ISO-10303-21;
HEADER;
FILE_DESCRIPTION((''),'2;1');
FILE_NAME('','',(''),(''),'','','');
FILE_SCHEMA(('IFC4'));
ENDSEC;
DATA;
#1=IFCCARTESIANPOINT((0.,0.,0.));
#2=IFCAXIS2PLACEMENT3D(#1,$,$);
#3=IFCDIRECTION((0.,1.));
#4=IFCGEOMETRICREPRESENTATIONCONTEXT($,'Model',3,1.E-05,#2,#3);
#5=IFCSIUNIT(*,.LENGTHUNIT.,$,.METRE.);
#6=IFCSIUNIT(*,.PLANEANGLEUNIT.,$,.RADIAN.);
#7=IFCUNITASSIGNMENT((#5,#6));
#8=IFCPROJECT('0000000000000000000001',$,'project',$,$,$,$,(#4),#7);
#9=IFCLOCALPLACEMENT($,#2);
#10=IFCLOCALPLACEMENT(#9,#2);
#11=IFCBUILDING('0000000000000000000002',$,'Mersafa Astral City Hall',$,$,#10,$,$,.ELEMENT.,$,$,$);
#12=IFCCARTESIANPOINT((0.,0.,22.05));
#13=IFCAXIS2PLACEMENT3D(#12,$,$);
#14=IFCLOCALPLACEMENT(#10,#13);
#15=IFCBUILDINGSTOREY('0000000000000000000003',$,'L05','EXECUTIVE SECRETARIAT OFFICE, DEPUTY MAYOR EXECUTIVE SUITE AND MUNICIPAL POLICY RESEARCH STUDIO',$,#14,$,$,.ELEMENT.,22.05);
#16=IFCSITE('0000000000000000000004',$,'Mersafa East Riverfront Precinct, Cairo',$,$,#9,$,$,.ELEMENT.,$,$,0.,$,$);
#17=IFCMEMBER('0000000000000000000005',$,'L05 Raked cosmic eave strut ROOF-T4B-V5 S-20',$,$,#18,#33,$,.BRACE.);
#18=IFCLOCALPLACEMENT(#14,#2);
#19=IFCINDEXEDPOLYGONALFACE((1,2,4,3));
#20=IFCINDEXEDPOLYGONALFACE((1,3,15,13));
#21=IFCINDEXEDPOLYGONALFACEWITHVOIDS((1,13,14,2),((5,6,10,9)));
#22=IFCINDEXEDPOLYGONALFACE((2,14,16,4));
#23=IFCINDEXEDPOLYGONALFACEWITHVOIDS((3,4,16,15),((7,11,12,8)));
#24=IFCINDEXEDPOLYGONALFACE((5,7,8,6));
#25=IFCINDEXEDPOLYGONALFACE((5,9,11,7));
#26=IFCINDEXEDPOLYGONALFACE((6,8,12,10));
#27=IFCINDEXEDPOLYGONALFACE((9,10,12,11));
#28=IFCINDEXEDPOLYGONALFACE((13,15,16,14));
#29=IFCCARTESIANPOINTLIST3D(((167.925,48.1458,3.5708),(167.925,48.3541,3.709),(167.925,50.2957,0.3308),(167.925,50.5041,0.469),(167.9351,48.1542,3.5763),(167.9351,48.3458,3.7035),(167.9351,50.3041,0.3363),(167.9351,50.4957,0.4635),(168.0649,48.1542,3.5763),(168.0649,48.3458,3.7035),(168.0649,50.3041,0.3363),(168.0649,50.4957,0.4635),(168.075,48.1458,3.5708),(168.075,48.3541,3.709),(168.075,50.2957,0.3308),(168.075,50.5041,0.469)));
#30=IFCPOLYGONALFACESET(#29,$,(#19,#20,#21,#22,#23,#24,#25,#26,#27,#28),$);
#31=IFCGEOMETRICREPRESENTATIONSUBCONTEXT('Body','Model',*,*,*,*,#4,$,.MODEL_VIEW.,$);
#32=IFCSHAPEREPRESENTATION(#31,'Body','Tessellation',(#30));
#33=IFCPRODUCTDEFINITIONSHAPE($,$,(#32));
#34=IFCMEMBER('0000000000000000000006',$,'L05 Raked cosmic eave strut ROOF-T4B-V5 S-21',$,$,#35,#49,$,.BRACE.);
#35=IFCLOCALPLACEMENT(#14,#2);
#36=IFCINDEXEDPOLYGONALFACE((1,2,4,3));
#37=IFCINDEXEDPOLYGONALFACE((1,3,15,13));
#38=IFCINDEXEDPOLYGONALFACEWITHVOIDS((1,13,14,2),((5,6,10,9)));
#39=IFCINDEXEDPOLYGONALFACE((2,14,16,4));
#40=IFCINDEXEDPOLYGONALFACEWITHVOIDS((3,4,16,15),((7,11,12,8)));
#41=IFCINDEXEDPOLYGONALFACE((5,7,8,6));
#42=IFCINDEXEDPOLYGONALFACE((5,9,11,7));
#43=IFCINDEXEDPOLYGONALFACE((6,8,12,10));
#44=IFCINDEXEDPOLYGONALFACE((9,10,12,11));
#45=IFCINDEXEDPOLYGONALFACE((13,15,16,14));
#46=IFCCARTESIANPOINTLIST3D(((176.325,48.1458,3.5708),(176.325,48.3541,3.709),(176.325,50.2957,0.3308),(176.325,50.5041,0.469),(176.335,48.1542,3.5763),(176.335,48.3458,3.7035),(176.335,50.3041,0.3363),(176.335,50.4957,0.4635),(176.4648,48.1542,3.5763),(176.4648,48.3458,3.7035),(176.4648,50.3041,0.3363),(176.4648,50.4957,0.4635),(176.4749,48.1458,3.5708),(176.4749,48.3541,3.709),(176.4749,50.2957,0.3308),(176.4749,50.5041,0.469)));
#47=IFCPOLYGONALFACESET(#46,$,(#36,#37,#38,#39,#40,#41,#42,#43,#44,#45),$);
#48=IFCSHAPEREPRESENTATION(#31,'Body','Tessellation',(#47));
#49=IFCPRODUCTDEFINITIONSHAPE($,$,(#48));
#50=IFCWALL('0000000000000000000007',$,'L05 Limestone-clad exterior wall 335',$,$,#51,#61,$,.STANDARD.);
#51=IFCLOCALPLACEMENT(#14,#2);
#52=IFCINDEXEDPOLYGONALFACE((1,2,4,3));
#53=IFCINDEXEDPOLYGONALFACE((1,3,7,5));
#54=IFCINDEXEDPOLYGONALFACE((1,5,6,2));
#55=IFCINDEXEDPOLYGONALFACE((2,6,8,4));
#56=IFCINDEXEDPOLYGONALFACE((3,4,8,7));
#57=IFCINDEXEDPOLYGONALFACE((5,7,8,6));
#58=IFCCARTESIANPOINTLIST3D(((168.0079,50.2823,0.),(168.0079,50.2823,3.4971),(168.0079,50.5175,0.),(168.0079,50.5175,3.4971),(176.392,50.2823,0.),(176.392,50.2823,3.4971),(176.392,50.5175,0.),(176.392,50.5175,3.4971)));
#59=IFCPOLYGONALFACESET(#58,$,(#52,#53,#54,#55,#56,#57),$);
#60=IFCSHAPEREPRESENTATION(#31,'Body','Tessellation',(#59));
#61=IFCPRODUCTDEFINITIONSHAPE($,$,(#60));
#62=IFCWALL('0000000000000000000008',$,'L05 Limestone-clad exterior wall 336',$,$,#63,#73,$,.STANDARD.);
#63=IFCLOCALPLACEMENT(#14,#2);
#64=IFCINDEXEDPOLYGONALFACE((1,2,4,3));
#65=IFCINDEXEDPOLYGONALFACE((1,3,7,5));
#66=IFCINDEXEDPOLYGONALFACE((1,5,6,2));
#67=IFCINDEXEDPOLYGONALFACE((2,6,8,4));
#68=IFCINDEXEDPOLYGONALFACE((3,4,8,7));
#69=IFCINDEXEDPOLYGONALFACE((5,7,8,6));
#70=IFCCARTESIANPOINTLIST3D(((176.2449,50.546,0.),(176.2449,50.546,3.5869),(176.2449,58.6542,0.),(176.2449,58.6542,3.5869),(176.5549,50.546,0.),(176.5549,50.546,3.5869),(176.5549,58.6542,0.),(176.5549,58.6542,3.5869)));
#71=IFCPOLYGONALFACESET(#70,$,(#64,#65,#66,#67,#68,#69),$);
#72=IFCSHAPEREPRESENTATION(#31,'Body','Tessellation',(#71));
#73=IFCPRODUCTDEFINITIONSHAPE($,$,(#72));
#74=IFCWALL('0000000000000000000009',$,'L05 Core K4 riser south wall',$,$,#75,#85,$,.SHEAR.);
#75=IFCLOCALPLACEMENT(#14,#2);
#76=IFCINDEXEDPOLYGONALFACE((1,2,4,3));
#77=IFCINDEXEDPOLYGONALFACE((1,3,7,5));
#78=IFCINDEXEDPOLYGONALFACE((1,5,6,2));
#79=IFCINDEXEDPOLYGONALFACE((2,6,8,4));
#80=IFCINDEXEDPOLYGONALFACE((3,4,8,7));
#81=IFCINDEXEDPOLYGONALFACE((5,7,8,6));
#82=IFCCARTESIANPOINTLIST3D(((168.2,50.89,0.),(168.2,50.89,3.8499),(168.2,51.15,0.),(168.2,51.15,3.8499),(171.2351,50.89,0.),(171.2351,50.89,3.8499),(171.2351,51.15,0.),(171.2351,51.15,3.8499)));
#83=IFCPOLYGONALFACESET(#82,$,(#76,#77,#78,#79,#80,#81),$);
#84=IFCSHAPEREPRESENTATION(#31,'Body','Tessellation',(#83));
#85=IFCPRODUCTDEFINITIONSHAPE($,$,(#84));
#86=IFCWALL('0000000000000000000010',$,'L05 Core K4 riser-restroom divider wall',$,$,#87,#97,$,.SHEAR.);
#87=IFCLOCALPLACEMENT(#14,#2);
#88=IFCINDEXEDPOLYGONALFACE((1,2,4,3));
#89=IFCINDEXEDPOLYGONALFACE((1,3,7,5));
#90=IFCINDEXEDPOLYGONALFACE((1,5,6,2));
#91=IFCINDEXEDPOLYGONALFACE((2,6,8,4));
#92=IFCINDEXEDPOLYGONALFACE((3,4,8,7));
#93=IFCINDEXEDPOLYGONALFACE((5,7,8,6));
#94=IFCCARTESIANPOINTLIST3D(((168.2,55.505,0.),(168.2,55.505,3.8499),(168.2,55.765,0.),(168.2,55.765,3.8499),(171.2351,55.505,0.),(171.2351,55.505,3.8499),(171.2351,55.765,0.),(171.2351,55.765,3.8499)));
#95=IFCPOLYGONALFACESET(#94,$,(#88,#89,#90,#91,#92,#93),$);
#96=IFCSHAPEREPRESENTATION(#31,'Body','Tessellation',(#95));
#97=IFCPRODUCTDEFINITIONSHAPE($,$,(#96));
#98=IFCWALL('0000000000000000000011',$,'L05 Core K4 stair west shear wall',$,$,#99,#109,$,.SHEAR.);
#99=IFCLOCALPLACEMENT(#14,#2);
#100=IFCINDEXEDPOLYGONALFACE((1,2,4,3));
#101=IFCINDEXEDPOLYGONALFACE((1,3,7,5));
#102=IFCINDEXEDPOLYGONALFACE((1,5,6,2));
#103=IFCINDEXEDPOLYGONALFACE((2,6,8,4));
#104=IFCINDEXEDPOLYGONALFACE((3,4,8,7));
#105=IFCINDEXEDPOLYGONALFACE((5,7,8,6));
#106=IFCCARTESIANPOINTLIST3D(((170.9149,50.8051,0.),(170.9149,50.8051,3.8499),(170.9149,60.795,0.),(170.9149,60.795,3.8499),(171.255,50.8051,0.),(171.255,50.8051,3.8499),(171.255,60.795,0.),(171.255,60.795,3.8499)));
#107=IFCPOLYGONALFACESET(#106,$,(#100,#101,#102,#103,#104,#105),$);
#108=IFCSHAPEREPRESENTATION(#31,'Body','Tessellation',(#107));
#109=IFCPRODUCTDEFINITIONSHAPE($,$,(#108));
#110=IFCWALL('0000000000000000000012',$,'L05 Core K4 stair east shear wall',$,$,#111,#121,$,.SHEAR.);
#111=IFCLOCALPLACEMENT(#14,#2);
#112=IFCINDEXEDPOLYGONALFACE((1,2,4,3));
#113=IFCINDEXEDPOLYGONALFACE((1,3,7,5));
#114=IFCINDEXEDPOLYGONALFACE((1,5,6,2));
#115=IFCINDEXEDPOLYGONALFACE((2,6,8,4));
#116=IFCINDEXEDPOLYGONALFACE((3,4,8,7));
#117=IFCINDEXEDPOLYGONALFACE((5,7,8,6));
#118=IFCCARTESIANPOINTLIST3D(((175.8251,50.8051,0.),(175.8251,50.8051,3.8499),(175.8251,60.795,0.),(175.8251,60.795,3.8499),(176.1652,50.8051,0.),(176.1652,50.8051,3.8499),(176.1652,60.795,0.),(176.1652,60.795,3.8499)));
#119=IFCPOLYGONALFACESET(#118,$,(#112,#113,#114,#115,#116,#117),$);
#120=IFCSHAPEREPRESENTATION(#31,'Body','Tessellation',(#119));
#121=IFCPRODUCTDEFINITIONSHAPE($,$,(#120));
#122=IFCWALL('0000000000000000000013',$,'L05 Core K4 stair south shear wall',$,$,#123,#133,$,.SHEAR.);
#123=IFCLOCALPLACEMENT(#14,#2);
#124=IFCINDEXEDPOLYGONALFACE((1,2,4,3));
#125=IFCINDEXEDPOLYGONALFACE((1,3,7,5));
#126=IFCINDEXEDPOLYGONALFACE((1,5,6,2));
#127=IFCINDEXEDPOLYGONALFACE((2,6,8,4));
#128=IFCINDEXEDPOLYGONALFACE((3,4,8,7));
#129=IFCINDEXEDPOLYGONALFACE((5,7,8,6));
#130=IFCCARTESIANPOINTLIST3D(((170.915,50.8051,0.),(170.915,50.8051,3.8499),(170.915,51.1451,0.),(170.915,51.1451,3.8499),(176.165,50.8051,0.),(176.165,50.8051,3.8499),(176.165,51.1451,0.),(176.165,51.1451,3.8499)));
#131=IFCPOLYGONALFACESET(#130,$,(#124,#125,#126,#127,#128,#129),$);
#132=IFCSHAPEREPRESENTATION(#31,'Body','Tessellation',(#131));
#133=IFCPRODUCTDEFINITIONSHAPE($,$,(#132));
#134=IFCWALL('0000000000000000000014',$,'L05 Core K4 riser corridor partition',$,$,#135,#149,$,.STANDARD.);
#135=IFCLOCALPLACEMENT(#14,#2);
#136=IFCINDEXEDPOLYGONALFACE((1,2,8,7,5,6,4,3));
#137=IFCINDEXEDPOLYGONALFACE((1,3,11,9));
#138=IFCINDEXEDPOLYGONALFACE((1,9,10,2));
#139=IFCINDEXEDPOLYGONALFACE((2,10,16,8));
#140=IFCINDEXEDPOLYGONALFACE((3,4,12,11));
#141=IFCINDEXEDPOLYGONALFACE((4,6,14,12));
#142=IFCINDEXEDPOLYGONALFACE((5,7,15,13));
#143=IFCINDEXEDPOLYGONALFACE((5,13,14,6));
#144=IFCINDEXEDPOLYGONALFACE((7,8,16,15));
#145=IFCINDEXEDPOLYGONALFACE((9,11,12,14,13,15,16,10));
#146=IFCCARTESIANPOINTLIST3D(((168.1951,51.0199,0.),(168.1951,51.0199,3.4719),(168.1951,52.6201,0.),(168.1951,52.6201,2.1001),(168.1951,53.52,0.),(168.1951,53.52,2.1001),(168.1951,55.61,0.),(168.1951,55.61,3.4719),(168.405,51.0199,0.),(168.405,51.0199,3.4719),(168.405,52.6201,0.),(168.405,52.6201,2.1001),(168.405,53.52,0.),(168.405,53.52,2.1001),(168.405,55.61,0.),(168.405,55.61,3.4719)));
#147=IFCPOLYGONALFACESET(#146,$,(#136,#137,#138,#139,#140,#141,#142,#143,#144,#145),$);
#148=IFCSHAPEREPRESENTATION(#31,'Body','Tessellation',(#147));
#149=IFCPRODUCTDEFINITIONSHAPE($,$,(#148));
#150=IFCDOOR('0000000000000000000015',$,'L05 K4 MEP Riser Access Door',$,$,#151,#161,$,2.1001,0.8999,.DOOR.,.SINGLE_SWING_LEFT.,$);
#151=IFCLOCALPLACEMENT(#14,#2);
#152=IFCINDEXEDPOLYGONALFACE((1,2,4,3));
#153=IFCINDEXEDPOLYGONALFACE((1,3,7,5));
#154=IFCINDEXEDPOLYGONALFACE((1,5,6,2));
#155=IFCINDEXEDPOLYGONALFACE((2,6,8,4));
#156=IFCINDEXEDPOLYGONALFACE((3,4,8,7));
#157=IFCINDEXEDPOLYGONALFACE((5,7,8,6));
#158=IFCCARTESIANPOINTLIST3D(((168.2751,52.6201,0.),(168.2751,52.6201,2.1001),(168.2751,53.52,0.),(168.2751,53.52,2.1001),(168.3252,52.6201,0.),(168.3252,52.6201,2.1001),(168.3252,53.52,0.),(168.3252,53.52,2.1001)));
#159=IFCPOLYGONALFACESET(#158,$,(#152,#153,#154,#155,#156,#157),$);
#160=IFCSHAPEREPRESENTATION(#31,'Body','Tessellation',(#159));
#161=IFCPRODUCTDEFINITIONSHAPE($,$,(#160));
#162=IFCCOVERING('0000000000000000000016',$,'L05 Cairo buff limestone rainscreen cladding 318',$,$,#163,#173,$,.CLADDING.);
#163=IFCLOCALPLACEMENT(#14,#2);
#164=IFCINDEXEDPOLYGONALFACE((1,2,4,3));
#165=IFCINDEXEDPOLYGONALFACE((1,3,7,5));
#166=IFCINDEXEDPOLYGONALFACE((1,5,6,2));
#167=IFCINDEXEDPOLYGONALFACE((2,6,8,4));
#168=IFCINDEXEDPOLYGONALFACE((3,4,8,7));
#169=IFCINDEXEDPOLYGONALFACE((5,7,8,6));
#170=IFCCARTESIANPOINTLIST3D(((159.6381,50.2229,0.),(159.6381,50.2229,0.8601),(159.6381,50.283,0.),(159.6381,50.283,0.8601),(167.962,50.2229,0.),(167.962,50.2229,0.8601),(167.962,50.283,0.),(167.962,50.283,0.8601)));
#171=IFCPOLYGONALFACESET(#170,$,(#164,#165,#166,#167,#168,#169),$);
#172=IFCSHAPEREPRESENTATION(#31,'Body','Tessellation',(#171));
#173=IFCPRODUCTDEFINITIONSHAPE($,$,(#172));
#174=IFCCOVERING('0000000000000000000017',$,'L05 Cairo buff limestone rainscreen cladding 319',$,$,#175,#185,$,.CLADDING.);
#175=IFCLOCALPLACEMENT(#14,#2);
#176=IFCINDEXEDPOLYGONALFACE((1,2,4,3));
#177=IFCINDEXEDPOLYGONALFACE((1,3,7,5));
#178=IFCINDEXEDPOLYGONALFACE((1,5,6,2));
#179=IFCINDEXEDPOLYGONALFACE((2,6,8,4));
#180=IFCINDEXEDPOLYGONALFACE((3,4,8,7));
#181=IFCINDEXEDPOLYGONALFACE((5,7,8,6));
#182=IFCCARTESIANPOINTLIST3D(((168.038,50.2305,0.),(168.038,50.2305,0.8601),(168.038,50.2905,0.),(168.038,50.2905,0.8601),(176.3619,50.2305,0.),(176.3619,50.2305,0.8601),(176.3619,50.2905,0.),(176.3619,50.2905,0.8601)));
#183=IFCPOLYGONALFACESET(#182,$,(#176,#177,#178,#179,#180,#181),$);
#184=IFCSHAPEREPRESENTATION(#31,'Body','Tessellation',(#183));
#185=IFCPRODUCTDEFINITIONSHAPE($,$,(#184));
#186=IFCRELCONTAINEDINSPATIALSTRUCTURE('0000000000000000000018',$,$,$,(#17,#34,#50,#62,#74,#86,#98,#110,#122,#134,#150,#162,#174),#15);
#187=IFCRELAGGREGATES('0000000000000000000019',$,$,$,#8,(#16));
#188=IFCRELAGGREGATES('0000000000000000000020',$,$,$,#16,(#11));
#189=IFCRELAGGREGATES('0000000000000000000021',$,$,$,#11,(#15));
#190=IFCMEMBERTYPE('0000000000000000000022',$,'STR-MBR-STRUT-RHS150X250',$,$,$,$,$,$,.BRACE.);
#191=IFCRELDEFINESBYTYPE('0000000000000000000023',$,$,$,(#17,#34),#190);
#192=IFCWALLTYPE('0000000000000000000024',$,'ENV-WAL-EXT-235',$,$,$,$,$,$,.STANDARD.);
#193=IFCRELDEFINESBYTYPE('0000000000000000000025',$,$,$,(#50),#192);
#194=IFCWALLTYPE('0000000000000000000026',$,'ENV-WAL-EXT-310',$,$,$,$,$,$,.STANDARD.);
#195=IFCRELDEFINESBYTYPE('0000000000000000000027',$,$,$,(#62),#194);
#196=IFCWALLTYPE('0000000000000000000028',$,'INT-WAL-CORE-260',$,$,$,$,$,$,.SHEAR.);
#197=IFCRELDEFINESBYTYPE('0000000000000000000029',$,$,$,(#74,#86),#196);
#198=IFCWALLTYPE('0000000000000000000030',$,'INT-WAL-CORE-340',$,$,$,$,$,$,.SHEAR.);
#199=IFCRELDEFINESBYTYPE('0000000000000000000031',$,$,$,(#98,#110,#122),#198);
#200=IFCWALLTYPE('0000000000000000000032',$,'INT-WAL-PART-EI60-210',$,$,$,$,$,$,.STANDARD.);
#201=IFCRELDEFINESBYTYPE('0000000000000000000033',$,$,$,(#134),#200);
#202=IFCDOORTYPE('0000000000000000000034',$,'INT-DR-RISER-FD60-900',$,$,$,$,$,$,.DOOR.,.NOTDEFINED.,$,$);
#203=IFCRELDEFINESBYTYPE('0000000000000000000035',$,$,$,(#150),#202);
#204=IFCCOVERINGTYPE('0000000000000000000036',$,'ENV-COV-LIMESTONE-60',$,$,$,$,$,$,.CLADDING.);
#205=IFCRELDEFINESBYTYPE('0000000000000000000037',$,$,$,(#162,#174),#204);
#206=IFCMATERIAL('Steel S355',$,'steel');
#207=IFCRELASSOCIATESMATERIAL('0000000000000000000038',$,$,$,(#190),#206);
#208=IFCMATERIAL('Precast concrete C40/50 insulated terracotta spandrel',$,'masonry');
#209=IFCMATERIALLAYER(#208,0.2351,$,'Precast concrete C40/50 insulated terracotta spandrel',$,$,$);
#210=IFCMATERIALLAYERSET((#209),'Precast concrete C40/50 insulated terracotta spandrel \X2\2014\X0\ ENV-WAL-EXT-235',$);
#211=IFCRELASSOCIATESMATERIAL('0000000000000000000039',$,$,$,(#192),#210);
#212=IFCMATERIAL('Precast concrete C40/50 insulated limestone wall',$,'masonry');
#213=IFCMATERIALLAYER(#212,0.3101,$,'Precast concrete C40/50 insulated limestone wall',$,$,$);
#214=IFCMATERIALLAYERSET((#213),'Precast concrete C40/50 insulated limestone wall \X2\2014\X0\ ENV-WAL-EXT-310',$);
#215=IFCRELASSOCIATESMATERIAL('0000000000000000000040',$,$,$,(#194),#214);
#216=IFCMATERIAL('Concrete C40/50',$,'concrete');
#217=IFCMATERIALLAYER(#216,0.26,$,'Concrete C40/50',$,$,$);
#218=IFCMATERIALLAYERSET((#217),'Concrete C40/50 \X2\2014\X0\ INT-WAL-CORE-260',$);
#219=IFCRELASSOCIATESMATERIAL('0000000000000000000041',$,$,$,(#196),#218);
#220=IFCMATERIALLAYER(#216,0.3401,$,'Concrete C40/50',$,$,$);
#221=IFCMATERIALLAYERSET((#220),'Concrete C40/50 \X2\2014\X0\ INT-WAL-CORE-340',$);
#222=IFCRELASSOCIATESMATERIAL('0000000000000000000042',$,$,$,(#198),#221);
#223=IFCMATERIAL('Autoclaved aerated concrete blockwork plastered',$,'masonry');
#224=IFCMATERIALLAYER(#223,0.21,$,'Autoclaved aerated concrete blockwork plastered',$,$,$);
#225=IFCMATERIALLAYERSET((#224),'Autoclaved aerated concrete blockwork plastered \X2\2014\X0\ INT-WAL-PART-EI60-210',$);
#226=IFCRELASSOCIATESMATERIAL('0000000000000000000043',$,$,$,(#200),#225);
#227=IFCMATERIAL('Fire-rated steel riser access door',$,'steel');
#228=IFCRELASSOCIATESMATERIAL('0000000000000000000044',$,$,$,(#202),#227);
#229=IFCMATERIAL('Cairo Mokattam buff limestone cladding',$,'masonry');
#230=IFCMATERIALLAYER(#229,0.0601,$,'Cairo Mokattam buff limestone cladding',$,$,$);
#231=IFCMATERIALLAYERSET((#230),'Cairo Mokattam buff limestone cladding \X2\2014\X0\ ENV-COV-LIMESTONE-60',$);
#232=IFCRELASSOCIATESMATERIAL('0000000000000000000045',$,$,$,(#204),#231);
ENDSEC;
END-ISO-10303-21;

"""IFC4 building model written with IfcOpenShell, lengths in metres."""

from ifc_helpers import new_model, si_unit, direction, frame, frame_2d, origin, origin_2d, place, context, subcontext, project, spatial, rectangle, hollow_rectangle, extrude, material, layer, layer_set, material_profile, profile_set, type_object, element, fill, save


model = new_model("IFC4")

# Units and contexts
model_context = context("Model", 3, precision=1e-05, world=origin(), true_north=direction((0.0, 1.0)))
body_context = subcontext(model_context, "Body", "Model", "MODEL_VIEW")
ifc_project = project(units=[si_unit("LENGTHUNIT", "METRE"), si_unit("PLANEANGLEUNIT", "RADIAN")], contexts=[model_context])

# Site, building, storey
site_placement = place(None, origin())
site = spatial("IfcSite", under=ifc_project, at=site_placement, Name="Mersafa East Riverfront Precinct, Cairo", CompositionType="ELEMENT", RefElevation=0.0)
building_placement = place(site_placement, origin())
building = spatial("IfcBuilding", under=site, at=building_placement, Name="Mersafa Astral City Hall", CompositionType="ELEMENT")
storey_placement = place(building_placement, frame((0.0, 0.0, 22.05)))
storey = spatial("IfcBuildingStorey", under=building, at=storey_placement, Name="L05", Description="EXECUTIVE SECRETARIAT OFFICE, DEPUTY MAYOR EXECUTIVE SUITE AND MUNICIPAL POLICY RESEARCH STUDIO", CompositionType="ELEMENT", Elevation=22.05)

# Shared definitions
ifc_material_1 = material(Name="Steel S355", Category="steel")

# Members
ifc_material_profile_1 = material_profile(ifc_material_1, hollow_rectangle(XDim=0.1499, YDim=0.25, WallThickness=0.01, at=origin_2d()), Name="RHS 150x250x10")
ifc_profile_set_1 = profile_set([ifc_material_profile_1], Name="Steel S355")
member_type_1 = type_object("IfcMemberType", Name="STR-MBR-STRUT-RHS150X250", PredefinedType="BRACE", material=ifc_profile_set_1)
for number, where, z_axis, x_axis, name in (
    (1, (168.0, 50.3999, 0.3999), (0.0, -0.552902, 0.833246), (1.0, 0.0, 0.0), "L05 Raked cosmic eave strut ROOF-T4B-V5 S-20"),
    (2, (176.3999, 50.3999, 0.3999), (0.0, -0.552902, 0.833246), (1.0, 0.0, 0.0), "L05 Raked cosmic eave strut ROOF-T4B-V5 S-21"),
):
    element("IfcMember", number, at=place(storey_placement, frame(where, z_axis=z_axis, x_axis=x_axis)), inside=storey, type_object=member_type_1, Name=name, PredefinedType="BRACE", context=body_context, shape_type="SweptSolid", body=[
        extrude(hollow_rectangle(XDim=0.1499, YDim=0.25, WallThickness=0.01, at=origin_2d()), origin(), (0.0, 0.0, 1.0), 3.8884),
    ])

# Walls
ifc_material_2 = material(Name="Precast concrete C40/50 insulated terracotta spandrel", Category="masonry")
ifc_layer_1 = layer(ifc_material_2, 0.2351, Name="Precast concrete C40/50 insulated terracotta spandrel")
ifc_layer_set_1 = layer_set([ifc_layer_1], Name="Precast concrete C40/50 insulated terracotta spandrel — ENV-WAL-EXT-235")
wall_type_1 = type_object("IfcWallType", Name="ENV-WAL-EXT-235", PredefinedType="STANDARD", material=ifc_layer_set_1)
wall_1_placement = place(storey_placement, frame((168.0081, 50.3999, 0.0), z_axis=(0.0, 0.0, 1.0), x_axis=(1.0, 0.0, 0.0)))
element("IfcWall", 3, at=wall_1_placement, inside=storey, type_object=wall_type_1, Name="L05 Limestone-clad exterior wall 335", PredefinedType="STANDARD", context=body_context, shape_type="SweptSolid", body=[
    extrude(rectangle(XDim=8.384, YDim=0.2351, at=frame_2d((4.1919, 0.0))), origin(), (0.0, 0.0, 1.0), 3.4971),
])
ifc_material_3 = material(Name="Precast concrete C40/50 insulated limestone wall", Category="masonry")
ifc_layer_2 = layer(ifc_material_3, 0.3101, Name="Precast concrete C40/50 insulated limestone wall")
ifc_layer_set_2 = layer_set([ifc_layer_2], Name="Precast concrete C40/50 insulated limestone wall — ENV-WAL-EXT-310")
wall_type_2 = type_object("IfcWallType", Name="ENV-WAL-EXT-310", PredefinedType="STANDARD", material=ifc_layer_set_2)
wall_2_placement = place(storey_placement, frame((176.3999, 50.5459, 0.0), z_axis=(0.0, 0.0, 1.0), x_axis=(0.0, 1.0, 0.0)))
element("IfcWall", 4, at=wall_2_placement, inside=storey, type_object=wall_type_2, Name="L05 Limestone-clad exterior wall 336", PredefinedType="STANDARD", context=body_context, shape_type="SweptSolid", body=[
    extrude(rectangle(XDim=8.1082, YDim=0.3101, at=frame_2d((4.0542, 0.0))), origin(), (0.0, 0.0, 1.0), 3.5869),
])
ifc_material_4 = material(Name="Concrete C40/50", Category="concrete")
ifc_layer_3 = layer(ifc_material_4, 0.26, Name="Concrete C40/50")
ifc_layer_set_3 = layer_set([ifc_layer_3], Name="Concrete C40/50 — INT-WAL-CORE-260")
wall_type_3 = type_object("IfcWallType", Name="INT-WAL-CORE-260", PredefinedType="SHEAR", material=ifc_layer_set_3)
for number, where, z_axis, x_axis, name in (
    (5, (168.2, 51.02, 0.0), (0.0, 0.0, 1.0), (1.0, 0.0, 0.0), "L05 Core K4 riser south wall"),
    (6, (168.2, 55.635, 0.0), (0.0, 0.0, 1.0), (1.0, 0.0, 0.0), "L05 Core K4 riser-restroom divider wall"),
):
    element("IfcWall", number, at=place(storey_placement, frame(where, z_axis=z_axis, x_axis=x_axis)), inside=storey, type_object=wall_type_3, Name=name, PredefinedType="SHEAR", context=body_context, shape_type="SweptSolid", body=[
        extrude(rectangle(XDim=3.0352, YDim=0.26, at=frame_2d((1.5176, 0.0))), origin(), (0.0, 0.0, 1.0), 3.8499),
    ])
ifc_layer_4 = layer(ifc_material_4, 0.3401, Name="Concrete C40/50")
ifc_layer_set_4 = layer_set([ifc_layer_4], Name="Concrete C40/50 — INT-WAL-CORE-340")
wall_type_4 = type_object("IfcWallType", Name="INT-WAL-CORE-340", PredefinedType="SHEAR", material=ifc_layer_set_4)
for number, where, z_axis, x_axis, name in (
    (7, (171.085, 50.8049, 0.0), (0.0, 0.0, 1.0), (0.0, 1.0, 0.0), "L05 Core K4 stair west shear wall"),
    (8, (175.9951, 50.8049, 0.0), (0.0, 0.0, 1.0), (0.0, 1.0, 0.0), "L05 Core K4 stair east shear wall"),
):
    element("IfcWall", number, at=place(storey_placement, frame(where, z_axis=z_axis, x_axis=x_axis)), inside=storey, type_object=wall_type_4, Name=name, PredefinedType="SHEAR", context=body_context, shape_type="SweptSolid", body=[
        extrude(rectangle(XDim=9.99, YDim=0.3401, at=frame_2d((4.9951, 0.0))), origin(), (0.0, 0.0, 1.0), 3.8499),
    ])
wall_3_placement = place(storey_placement, frame((170.915, 50.9751, 0.0), z_axis=(0.0, 0.0, 1.0), x_axis=(1.0, 0.0, 0.0)))
element("IfcWall", 9, at=wall_3_placement, inside=storey, type_object=wall_type_4, Name="L05 Core K4 stair south shear wall", PredefinedType="SHEAR", context=body_context, shape_type="SweptSolid", body=[
    extrude(rectangle(XDim=5.25, YDim=0.3401, at=frame_2d((2.625, 0.0))), origin(), (0.0, 0.0, 1.0), 3.8499),
])

# Wall, opening, door
ifc_material_5 = material(Name="Autoclaved aerated concrete blockwork plastered", Category="masonry")
ifc_layer_5 = layer(ifc_material_5, 0.21, Name="Autoclaved aerated concrete blockwork plastered")
ifc_layer_set_5 = layer_set([ifc_layer_5], Name="Autoclaved aerated concrete blockwork plastered — INT-WAL-PART-EI60-210")
wall_type_5 = type_object("IfcWallType", Name="INT-WAL-PART-EI60-210", PredefinedType="STANDARD", material=ifc_layer_set_5)
wall_4_placement = place(storey_placement, frame((168.3, 51.02, 0.0), z_axis=(0.0, 0.0, 1.0), x_axis=(0.0, 1.0, 0.0)))
wall_4 = element("IfcWall", 10, at=wall_4_placement, inside=storey, type_object=wall_type_5, Name="L05 Core K4 riser corridor partition", PredefinedType="STANDARD", context=body_context, shape_type="SweptSolid", body=[
    extrude(rectangle(XDim=4.5901, YDim=0.21, at=frame_2d((2.2949, 0.0))), origin(), (0.0, 0.0, 1.0), 3.4719),
])
opening_1_placement = place(wall_4_placement, frame((1.6001, 0.0, 0.0)))
opening_1 = element("IfcOpeningElement", 11, at=opening_1_placement, cuts=wall_4, PredefinedType="OPENING", context=body_context, shape_type="SweptSolid", body=[
    extrude(rectangle(XDim=0.8999, YDim=2.1001, at=frame_2d((0.45, 1.05))), frame((0.0, 0.115, 0.0), z_axis=(0.0, -1.0, 0.0), x_axis=(1.0, 0.0, 0.0)), (0.0, 0.0, 1.0), 0.23),
])
ifc_material_6 = material(Name="Fire-rated steel riser access door", Category="steel")
door_type_1 = type_object("IfcDoorType", Name="INT-DR-RISER-FD60-900", OperationType="NOTDEFINED", PredefinedType="DOOR", material=ifc_material_6)
door_1_placement = place(opening_1_placement, origin())
door_1 = element("IfcDoor", 12, at=door_1_placement, inside=storey, type_object=door_type_1, Name="L05 K4 MEP Riser Access Door", OperationType="SINGLE_SWING_LEFT", OverallHeight=2.1001, OverallWidth=0.8999, PredefinedType="DOOR", context=body_context, shape_type="SweptSolid", body=[
    extrude(rectangle(XDim=0.8999, YDim=2.1001, at=frame_2d((0.45, 1.05))), frame((0.0, 0.0249, 0.0), z_axis=(0.0, -1.0, 0.0), x_axis=(1.0, 0.0, 0.0)), (0.0, 0.0, 1.0), 0.05),
])
fill(opening_1, door_1)

# Coverings
ifc_material_7 = material(Name="Cairo Mokattam buff limestone cladding", Category="masonry")
ifc_layer_6 = layer(ifc_material_7, 0.0601, Name="Cairo Mokattam buff limestone cladding")
ifc_layer_set_6 = layer_set([ifc_layer_6], Name="Cairo Mokattam buff limestone cladding — ENV-COV-LIMESTONE-60")
covering_type = type_object("IfcCoveringType", Name="ENV-COV-LIMESTONE-60", PredefinedType="CLADDING", material=ifc_layer_set_6)
for number, where, z_axis, x_axis, name in (
    (13, (163.8, 50.2529, 0.0), (0.0, 0.0, 1.0), (1.0, 0.0, 0.0), "L05 Cairo buff limestone rainscreen cladding 318"),
    (14, (172.2, 50.2605, 0.0), (0.0, 0.0, 1.0), (1.0, 0.0, 0.0), "L05 Cairo buff limestone rainscreen cladding 319"),
):
    element("IfcCovering", number, at=place(storey_placement, frame(where, z_axis=z_axis, x_axis=x_axis)), inside=storey, type_object=covering_type, Name=name, PredefinedType="CLADDING", context=body_context, shape_type="SweptSolid", body=[
        extrude(rectangle(XDim=8.324, YDim=0.0601, at=origin_2d()), origin(), (0.0, 0.0, 1.0), 0.8601),
    ])

save(model, "model.ifc")
